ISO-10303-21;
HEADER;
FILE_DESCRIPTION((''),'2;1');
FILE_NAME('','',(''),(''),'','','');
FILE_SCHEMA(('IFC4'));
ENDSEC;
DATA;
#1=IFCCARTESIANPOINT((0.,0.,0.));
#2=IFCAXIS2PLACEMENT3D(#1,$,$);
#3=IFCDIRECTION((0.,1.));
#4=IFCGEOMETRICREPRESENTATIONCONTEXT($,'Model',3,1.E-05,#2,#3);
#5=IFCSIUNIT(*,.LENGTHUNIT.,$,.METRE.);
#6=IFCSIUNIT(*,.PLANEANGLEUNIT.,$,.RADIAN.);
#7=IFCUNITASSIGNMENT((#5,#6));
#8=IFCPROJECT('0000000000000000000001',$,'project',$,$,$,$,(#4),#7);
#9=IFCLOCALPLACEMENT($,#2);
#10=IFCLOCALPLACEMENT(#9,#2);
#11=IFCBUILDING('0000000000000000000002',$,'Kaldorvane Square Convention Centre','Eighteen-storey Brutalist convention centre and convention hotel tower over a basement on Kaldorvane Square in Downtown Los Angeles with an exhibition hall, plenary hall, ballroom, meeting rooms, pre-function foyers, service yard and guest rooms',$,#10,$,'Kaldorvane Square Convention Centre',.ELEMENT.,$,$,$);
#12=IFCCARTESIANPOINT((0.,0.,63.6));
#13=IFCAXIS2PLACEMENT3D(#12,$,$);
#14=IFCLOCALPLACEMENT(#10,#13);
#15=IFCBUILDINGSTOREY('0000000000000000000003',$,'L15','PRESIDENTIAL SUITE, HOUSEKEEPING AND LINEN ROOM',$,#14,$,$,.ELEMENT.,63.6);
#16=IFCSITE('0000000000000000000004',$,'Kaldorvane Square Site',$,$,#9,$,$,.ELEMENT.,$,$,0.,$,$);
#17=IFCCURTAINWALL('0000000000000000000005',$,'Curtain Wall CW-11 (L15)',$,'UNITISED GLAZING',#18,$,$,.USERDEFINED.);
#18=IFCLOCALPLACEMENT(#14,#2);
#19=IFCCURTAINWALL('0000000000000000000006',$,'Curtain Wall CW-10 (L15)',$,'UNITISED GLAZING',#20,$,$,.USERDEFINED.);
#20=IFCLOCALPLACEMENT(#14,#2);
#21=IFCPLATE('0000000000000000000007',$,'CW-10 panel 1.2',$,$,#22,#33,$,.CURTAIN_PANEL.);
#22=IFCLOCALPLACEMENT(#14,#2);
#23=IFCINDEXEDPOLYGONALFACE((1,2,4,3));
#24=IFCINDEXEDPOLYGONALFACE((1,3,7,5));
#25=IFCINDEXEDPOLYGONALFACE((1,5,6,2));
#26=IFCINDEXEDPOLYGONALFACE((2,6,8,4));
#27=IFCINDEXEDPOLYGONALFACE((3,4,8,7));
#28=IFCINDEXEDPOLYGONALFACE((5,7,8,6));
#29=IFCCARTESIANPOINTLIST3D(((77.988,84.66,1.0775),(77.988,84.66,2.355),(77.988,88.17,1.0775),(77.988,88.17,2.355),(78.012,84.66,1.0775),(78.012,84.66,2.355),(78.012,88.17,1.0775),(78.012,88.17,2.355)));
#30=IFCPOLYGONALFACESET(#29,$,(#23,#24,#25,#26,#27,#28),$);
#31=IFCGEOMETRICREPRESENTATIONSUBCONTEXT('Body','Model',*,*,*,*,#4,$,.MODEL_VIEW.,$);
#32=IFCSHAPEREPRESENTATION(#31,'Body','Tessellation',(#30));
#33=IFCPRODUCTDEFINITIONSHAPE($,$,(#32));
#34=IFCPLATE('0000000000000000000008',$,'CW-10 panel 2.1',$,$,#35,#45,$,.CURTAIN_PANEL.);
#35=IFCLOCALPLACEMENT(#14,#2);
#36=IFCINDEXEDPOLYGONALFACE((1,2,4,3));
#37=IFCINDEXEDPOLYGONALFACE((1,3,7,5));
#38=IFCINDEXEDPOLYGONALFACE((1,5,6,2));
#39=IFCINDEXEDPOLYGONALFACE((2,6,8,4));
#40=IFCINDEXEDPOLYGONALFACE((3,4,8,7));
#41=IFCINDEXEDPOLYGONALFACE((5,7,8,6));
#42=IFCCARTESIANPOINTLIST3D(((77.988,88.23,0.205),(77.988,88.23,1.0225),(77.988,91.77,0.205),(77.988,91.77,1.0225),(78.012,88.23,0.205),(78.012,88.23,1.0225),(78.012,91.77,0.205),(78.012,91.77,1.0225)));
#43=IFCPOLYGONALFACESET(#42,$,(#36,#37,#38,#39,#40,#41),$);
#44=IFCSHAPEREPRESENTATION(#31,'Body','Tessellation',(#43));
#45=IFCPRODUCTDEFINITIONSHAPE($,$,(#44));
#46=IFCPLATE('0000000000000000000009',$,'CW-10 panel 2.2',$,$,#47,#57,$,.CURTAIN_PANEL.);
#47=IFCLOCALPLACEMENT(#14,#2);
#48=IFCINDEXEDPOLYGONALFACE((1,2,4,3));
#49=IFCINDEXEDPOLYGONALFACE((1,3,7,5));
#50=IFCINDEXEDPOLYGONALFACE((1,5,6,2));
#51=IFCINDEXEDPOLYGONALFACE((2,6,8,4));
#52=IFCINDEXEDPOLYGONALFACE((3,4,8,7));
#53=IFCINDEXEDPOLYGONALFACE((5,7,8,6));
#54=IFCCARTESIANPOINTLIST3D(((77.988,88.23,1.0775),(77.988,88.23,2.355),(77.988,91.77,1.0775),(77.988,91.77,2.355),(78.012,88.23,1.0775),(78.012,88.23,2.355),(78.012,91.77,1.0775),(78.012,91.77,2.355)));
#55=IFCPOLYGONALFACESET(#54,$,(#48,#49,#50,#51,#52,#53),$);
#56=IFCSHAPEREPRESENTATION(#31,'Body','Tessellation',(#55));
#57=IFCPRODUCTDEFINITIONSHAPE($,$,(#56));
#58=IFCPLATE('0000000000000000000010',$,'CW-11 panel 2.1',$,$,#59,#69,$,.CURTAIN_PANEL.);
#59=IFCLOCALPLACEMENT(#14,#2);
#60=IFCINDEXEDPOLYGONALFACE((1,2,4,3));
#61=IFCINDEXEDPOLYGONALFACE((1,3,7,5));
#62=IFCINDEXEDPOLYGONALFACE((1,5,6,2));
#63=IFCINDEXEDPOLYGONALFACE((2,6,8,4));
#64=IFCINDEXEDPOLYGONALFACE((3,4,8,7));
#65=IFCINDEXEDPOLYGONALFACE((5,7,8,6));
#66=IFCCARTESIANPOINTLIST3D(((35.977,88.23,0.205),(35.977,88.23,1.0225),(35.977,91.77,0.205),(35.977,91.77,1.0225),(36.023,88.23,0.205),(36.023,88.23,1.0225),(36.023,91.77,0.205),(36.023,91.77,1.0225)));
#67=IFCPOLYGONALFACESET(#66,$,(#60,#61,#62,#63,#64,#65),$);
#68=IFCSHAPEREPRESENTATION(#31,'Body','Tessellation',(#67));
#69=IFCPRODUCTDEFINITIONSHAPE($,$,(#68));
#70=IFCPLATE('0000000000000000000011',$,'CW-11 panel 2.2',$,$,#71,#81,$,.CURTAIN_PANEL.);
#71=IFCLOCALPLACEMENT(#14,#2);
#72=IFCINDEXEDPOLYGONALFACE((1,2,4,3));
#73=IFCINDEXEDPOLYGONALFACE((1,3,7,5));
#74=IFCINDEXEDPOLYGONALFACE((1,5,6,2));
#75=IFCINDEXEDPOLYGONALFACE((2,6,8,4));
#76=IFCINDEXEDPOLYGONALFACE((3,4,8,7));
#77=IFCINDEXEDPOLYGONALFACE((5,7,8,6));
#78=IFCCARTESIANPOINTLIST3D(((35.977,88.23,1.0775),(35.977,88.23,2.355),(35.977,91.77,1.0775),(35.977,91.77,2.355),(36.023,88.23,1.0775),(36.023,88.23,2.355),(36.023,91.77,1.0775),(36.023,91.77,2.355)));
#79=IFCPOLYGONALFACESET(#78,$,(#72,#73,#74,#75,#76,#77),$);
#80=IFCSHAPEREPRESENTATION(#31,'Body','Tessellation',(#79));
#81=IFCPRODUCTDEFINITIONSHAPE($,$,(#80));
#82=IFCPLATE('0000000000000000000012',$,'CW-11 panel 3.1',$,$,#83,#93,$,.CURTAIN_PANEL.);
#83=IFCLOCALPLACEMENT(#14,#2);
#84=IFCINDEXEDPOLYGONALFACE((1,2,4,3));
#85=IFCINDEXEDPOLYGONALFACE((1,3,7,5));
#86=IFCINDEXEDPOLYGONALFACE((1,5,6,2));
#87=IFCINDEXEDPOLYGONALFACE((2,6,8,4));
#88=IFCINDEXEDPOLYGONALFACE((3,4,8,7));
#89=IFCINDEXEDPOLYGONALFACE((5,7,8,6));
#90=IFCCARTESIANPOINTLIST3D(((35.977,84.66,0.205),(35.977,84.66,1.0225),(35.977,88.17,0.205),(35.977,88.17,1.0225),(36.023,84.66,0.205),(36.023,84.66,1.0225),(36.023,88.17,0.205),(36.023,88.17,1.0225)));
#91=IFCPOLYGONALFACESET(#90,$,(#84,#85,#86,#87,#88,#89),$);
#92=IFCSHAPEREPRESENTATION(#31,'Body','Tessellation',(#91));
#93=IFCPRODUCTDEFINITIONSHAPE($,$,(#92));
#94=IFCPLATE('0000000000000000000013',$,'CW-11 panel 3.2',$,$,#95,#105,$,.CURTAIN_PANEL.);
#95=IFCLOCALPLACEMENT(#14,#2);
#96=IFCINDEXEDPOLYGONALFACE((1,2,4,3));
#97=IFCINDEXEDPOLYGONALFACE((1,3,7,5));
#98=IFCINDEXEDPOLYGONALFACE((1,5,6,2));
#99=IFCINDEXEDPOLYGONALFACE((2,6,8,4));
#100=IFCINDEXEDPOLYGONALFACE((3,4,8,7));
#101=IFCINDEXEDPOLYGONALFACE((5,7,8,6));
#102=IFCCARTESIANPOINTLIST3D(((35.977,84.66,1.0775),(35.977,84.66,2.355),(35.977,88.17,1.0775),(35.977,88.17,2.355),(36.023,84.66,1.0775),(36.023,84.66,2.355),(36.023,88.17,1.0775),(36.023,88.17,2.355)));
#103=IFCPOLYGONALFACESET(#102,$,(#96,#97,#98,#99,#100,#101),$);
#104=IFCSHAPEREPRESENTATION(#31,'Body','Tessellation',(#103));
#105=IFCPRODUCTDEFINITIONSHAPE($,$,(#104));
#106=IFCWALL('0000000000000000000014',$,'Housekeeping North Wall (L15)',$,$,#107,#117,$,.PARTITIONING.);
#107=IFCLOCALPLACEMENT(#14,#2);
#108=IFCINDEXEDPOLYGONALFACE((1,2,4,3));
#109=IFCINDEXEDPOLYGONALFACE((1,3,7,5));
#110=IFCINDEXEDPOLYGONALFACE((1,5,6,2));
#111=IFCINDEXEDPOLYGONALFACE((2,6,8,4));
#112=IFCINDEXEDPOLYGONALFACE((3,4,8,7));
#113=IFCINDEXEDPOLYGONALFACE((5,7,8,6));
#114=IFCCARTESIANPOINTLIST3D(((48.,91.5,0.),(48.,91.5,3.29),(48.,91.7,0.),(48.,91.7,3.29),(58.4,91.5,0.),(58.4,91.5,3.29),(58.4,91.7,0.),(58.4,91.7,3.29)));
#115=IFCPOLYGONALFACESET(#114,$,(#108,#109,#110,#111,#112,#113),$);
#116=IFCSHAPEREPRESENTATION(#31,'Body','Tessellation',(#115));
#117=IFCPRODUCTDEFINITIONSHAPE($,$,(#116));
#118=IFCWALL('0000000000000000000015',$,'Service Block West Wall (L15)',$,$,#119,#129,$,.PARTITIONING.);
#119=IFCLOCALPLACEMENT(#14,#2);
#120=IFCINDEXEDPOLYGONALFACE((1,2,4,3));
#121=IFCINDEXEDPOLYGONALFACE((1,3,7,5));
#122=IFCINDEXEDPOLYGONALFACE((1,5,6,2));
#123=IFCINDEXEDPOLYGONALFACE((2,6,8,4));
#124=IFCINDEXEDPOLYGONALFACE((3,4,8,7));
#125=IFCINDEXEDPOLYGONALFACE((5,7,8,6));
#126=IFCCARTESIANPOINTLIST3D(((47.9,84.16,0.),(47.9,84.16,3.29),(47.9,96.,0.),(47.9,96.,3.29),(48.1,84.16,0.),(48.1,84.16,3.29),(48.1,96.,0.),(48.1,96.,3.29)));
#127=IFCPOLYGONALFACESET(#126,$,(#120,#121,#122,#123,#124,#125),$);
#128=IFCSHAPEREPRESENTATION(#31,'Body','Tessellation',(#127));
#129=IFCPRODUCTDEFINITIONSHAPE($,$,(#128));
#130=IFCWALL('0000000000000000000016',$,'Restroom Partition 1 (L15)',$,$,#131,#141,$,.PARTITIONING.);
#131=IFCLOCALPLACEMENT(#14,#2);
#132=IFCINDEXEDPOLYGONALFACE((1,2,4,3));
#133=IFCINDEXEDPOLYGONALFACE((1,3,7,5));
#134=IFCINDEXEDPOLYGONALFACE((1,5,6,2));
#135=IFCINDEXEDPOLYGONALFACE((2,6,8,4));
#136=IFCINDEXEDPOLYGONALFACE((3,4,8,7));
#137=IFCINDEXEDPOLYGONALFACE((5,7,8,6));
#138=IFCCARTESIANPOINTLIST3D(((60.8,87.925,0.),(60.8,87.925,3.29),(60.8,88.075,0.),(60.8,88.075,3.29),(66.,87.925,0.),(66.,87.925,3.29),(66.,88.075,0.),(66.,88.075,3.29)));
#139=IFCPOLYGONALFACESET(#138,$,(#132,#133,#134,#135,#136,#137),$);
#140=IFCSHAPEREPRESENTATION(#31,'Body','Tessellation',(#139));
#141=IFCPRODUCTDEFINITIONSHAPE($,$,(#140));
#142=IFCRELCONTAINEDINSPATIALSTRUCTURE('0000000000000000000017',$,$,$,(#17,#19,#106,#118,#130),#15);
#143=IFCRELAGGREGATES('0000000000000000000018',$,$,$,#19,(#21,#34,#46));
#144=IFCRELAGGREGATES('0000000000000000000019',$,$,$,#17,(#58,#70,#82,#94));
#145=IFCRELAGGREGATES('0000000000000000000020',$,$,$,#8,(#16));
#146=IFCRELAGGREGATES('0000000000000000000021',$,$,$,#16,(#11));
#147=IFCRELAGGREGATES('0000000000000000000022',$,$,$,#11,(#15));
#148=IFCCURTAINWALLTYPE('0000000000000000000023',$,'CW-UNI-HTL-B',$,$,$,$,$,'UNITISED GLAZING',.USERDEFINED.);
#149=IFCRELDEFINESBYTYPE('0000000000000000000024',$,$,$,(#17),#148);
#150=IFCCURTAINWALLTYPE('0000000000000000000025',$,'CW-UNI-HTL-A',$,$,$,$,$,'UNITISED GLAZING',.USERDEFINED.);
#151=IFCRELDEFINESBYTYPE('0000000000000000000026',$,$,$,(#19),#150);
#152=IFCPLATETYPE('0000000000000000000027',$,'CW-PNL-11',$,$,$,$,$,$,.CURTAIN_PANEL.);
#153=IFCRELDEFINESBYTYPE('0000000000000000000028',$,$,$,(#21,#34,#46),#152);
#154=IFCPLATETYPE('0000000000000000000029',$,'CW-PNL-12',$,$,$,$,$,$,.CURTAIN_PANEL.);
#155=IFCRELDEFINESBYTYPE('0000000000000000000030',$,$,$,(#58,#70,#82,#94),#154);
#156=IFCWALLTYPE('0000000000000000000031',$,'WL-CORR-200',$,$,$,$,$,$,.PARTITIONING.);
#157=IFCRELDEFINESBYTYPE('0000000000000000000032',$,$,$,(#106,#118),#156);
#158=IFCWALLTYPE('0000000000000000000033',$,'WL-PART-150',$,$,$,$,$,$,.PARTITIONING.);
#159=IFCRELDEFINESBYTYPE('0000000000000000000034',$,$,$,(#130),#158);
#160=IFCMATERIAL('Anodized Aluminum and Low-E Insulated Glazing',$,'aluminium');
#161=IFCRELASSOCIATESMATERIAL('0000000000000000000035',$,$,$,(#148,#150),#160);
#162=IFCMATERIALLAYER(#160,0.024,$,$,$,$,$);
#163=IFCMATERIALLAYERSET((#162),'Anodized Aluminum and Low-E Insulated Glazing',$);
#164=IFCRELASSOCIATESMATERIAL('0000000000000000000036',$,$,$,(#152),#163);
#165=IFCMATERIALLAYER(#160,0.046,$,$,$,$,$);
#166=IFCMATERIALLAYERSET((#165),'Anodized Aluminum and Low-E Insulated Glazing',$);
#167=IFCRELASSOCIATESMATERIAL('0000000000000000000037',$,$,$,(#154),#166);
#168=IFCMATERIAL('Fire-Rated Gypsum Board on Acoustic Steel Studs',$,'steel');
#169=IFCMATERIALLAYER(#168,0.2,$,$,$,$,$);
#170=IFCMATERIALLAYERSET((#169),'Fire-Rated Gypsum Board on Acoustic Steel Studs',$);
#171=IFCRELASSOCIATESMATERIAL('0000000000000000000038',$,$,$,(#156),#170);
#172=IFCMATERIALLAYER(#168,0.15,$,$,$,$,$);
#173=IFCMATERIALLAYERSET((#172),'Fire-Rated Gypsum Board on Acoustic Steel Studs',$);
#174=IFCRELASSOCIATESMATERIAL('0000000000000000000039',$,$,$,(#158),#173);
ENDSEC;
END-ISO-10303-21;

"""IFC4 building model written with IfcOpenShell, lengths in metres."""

from ifc_helpers import new_model, si_unit, direction, frame, frame_2d, origin, origin_2d, place, context, subcontext, project, spatial, rectangle, extrude, material, layer, layer_set, type_object, element, aggregate, save


model = new_model("IFC4")

# Units and contexts
model_context = context("Model", 3, precision=1e-05, world=origin(), true_north=direction((0.0, 1.0)))
body_context = subcontext(model_context, "Body", "Model", "MODEL_VIEW")
ifc_project = project(units=[si_unit("LENGTHUNIT", "METRE"), si_unit("PLANEANGLEUNIT", "RADIAN")], contexts=[model_context])

# Site, building, storey
site_placement = place(None, origin())
site = spatial("IfcSite", under=ifc_project, at=site_placement, Name="Kaldorvane Square Site", CompositionType="ELEMENT", RefElevation=0.0)
building_placement = place(site_placement, origin())
building = spatial("IfcBuilding", under=site, at=building_placement, Name="Kaldorvane Square Convention Centre", Description="Eighteen-storey Brutalist convention centre and convention hotel tower over a basement on Kaldorvane Square in Downtown Los Angeles with an exhibition hall, plenary hall, ballroom, meeting rooms, pre-function foyers, service yard and guest rooms", LongName="Kaldorvane Square Convention Centre", CompositionType="ELEMENT")
storey_placement = place(building_placement, frame((0.0, 0.0, 63.6)))
storey = spatial("IfcBuildingStorey", under=building, at=storey_placement, Name="L15", Description="PRESIDENTIAL SUITE, HOUSEKEEPING AND LINEN ROOM", CompositionType="ELEMENT", Elevation=63.6)

# Curtain walls
ifc_material_1 = material(Name="Anodized Aluminum and Low-E Insulated Glazing", Category="aluminium")
curtain_wall_type_1 = type_object("IfcCurtainWallType", Name="CW-UNI-HTL-B", ElementType="UNITISED GLAZING", PredefinedType="USERDEFINED", material=ifc_material_1)
curtain_wall_1_placement = place(storey_placement, origin())
curtain_wall_1 = element("IfcCurtainWall", 1, at=curtain_wall_1_placement, inside=storey, type_object=curtain_wall_type_1, Name="Curtain Wall CW-11 (L15)", ObjectType="UNITISED GLAZING", PredefinedType="USERDEFINED")
curtain_wall_type_2 = type_object("IfcCurtainWallType", Name="CW-UNI-HTL-A", ElementType="UNITISED GLAZING", PredefinedType="USERDEFINED", material=ifc_material_1)
curtain_wall_2_placement = place(storey_placement, origin())
curtain_wall_2 = element("IfcCurtainWall", 2, at=curtain_wall_2_placement, inside=storey, type_object=curtain_wall_type_2, Name="Curtain Wall CW-10 (L15)", ObjectType="UNITISED GLAZING", PredefinedType="USERDEFINED")

# Plates
ifc_layer_1 = layer(ifc_material_1, 0.024)
ifc_layer_set_1 = layer_set([ifc_layer_1], Name="Anodized Aluminum and Low-E Insulated Glazing")
plate_type_1 = type_object("IfcPlateType", Name="CW-PNL-11", PredefinedType="CURTAIN_PANEL", material=ifc_layer_set_1)
plate_1_placement = place(storey_placement, frame((78.0, 86.415, 1.0775), z_axis=(0.0, 0.0, 1.0), x_axis=(0.0, 1.0, 0.0)))
plate_1 = element("IfcPlate", 3, at=plate_1_placement, type_object=plate_type_1, Name="CW-10 panel 1.2", PredefinedType="CURTAIN_PANEL", context=body_context, shape_type="SweptSolid", body=[
    extrude(rectangle(XDim=3.51, YDim=0.024, at=origin_2d()), origin(), (0.0, 0.0, 1.0), 1.2775),
])
plate_2_placement = place(storey_placement, frame((78.0, 90.0, 0.205), z_axis=(0.0, 0.0, 1.0), x_axis=(0.0, 1.0, 0.0)))
plate_2 = element("IfcPlate", 4, at=plate_2_placement, type_object=plate_type_1, Name="CW-10 panel 2.1", PredefinedType="CURTAIN_PANEL", context=body_context, shape_type="SweptSolid", body=[
    extrude(rectangle(XDim=3.54, YDim=0.024, at=origin_2d()), origin(), (0.0, 0.0, 1.0), 0.8175),
])
plate_3_placement = place(storey_placement, frame((78.0, 90.0, 1.0775), z_axis=(0.0, 0.0, 1.0), x_axis=(0.0, 1.0, 0.0)))
plate_3 = element("IfcPlate", 5, at=plate_3_placement, type_object=plate_type_1, Name="CW-10 panel 2.2", PredefinedType="CURTAIN_PANEL", context=body_context, shape_type="SweptSolid", body=[
    extrude(rectangle(XDim=3.54, YDim=0.024, at=origin_2d()), origin(), (0.0, 0.0, 1.0), 1.2775),
])
aggregate(curtain_wall_2, [plate_1, plate_2, plate_3])
ifc_layer_2 = layer(ifc_material_1, 0.046)
ifc_layer_set_2 = layer_set([ifc_layer_2], Name="Anodized Aluminum and Low-E Insulated Glazing")
plate_type_2 = type_object("IfcPlateType", Name="CW-PNL-12", PredefinedType="CURTAIN_PANEL", material=ifc_layer_set_2)
plate_4_placement = place(storey_placement, frame((36.0, 90.0, 0.205), z_axis=(0.0, 0.0, 1.0), x_axis=(0.0, -1.0, 0.0)))
plate_4 = element("IfcPlate", 6, at=plate_4_placement, type_object=plate_type_2, Name="CW-11 panel 2.1", PredefinedType="CURTAIN_PANEL", context=body_context, shape_type="SweptSolid", body=[
    extrude(rectangle(XDim=3.54, YDim=0.046, at=origin_2d()), origin(), (0.0, 0.0, 1.0), 0.8175),
])
plate_5_placement = place(storey_placement, frame((36.0, 90.0, 1.0775), z_axis=(0.0, 0.0, 1.0), x_axis=(0.0, -1.0, 0.0)))
plate_5 = element("IfcPlate", 7, at=plate_5_placement, type_object=plate_type_2, Name="CW-11 panel 2.2", PredefinedType="CURTAIN_PANEL", context=body_context, shape_type="SweptSolid", body=[
    extrude(rectangle(XDim=3.54, YDim=0.046, at=origin_2d()), origin(), (0.0, 0.0, 1.0), 1.2775),
])
plate_6_placement = place(storey_placement, frame((36.0, 86.415, 0.205), z_axis=(0.0, 0.0, 1.0), x_axis=(0.0, -1.0, 0.0)))
plate_6 = element("IfcPlate", 8, at=plate_6_placement, type_object=plate_type_2, Name="CW-11 panel 3.1", PredefinedType="CURTAIN_PANEL", context=body_context, shape_type="SweptSolid", body=[
    extrude(rectangle(XDim=3.51, YDim=0.046, at=origin_2d()), origin(), (0.0, 0.0, 1.0), 0.8175),
])
plate_7_placement = place(storey_placement, frame((36.0, 86.415, 1.0775), z_axis=(0.0, 0.0, 1.0), x_axis=(0.0, -1.0, 0.0)))
plate_7 = element("IfcPlate", 9, at=plate_7_placement, type_object=plate_type_2, Name="CW-11 panel 3.2", PredefinedType="CURTAIN_PANEL", context=body_context, shape_type="SweptSolid", body=[
    extrude(rectangle(XDim=3.51, YDim=0.046, at=origin_2d()), origin(), (0.0, 0.0, 1.0), 1.2775),
])
aggregate(curtain_wall_1, [plate_4, plate_5, plate_6, plate_7])

# Walls
ifc_material_2 = material(Name="Fire-Rated Gypsum Board on Acoustic Steel Studs", Category="steel")
ifc_layer_3 = layer(ifc_material_2, 0.2)
ifc_layer_set_3 = layer_set([ifc_layer_3], Name="Fire-Rated Gypsum Board on Acoustic Steel Studs")
wall_type_1 = type_object("IfcWallType", Name="WL-CORR-200", PredefinedType="PARTITIONING", material=ifc_layer_set_3)
wall_1_placement = place(storey_placement, frame((48.0, 91.6, 0.0), z_axis=(0.0, 0.0, 1.0), x_axis=(1.0, 0.0, 0.0)))
element("IfcWall", 10, at=wall_1_placement, inside=storey, type_object=wall_type_1, Name="Housekeeping North Wall (L15)", PredefinedType="PARTITIONING", context=body_context, shape_type="SweptSolid", body=[
    extrude(rectangle(XDim=10.4, YDim=0.2, at=frame_2d((5.2, 0.0))), origin(), (0.0, 0.0, 1.0), 3.29),
])
wall_2_placement = place(storey_placement, frame((48.0, 84.16, 0.0), z_axis=(0.0, 0.0, 1.0), x_axis=(0.0, 1.0, 0.0)))
element("IfcWall", 11, at=wall_2_placement, inside=storey, type_object=wall_type_1, Name="Service Block West Wall (L15)", PredefinedType="PARTITIONING", context=body_context, shape_type="SweptSolid", body=[
    extrude(rectangle(XDim=11.84, YDim=0.2, at=frame_2d((5.92, 0.0))), origin(), (0.0, 0.0, 1.0), 3.29),
])
ifc_layer_4 = layer(ifc_material_2, 0.15)
ifc_layer_set_4 = layer_set([ifc_layer_4], Name="Fire-Rated Gypsum Board on Acoustic Steel Studs")
wall_type_2 = type_object("IfcWallType", Name="WL-PART-150", PredefinedType="PARTITIONING", material=ifc_layer_set_4)
wall_3_placement = place(storey_placement, frame((60.8, 88.0, 0.0), z_axis=(0.0, 0.0, 1.0), x_axis=(1.0, 0.0, 0.0)))
element("IfcWall", 12, at=wall_3_placement, inside=storey, type_object=wall_type_2, Name="Restroom Partition 1 (L15)", PredefinedType="PARTITIONING", context=body_context, shape_type="SweptSolid", body=[
    extrude(rectangle(XDim=5.2, YDim=0.15, at=frame_2d((2.6, 0.0))), origin(), (0.0, 0.0, 1.0), 3.29),
])

save(model, "model.ifc")
